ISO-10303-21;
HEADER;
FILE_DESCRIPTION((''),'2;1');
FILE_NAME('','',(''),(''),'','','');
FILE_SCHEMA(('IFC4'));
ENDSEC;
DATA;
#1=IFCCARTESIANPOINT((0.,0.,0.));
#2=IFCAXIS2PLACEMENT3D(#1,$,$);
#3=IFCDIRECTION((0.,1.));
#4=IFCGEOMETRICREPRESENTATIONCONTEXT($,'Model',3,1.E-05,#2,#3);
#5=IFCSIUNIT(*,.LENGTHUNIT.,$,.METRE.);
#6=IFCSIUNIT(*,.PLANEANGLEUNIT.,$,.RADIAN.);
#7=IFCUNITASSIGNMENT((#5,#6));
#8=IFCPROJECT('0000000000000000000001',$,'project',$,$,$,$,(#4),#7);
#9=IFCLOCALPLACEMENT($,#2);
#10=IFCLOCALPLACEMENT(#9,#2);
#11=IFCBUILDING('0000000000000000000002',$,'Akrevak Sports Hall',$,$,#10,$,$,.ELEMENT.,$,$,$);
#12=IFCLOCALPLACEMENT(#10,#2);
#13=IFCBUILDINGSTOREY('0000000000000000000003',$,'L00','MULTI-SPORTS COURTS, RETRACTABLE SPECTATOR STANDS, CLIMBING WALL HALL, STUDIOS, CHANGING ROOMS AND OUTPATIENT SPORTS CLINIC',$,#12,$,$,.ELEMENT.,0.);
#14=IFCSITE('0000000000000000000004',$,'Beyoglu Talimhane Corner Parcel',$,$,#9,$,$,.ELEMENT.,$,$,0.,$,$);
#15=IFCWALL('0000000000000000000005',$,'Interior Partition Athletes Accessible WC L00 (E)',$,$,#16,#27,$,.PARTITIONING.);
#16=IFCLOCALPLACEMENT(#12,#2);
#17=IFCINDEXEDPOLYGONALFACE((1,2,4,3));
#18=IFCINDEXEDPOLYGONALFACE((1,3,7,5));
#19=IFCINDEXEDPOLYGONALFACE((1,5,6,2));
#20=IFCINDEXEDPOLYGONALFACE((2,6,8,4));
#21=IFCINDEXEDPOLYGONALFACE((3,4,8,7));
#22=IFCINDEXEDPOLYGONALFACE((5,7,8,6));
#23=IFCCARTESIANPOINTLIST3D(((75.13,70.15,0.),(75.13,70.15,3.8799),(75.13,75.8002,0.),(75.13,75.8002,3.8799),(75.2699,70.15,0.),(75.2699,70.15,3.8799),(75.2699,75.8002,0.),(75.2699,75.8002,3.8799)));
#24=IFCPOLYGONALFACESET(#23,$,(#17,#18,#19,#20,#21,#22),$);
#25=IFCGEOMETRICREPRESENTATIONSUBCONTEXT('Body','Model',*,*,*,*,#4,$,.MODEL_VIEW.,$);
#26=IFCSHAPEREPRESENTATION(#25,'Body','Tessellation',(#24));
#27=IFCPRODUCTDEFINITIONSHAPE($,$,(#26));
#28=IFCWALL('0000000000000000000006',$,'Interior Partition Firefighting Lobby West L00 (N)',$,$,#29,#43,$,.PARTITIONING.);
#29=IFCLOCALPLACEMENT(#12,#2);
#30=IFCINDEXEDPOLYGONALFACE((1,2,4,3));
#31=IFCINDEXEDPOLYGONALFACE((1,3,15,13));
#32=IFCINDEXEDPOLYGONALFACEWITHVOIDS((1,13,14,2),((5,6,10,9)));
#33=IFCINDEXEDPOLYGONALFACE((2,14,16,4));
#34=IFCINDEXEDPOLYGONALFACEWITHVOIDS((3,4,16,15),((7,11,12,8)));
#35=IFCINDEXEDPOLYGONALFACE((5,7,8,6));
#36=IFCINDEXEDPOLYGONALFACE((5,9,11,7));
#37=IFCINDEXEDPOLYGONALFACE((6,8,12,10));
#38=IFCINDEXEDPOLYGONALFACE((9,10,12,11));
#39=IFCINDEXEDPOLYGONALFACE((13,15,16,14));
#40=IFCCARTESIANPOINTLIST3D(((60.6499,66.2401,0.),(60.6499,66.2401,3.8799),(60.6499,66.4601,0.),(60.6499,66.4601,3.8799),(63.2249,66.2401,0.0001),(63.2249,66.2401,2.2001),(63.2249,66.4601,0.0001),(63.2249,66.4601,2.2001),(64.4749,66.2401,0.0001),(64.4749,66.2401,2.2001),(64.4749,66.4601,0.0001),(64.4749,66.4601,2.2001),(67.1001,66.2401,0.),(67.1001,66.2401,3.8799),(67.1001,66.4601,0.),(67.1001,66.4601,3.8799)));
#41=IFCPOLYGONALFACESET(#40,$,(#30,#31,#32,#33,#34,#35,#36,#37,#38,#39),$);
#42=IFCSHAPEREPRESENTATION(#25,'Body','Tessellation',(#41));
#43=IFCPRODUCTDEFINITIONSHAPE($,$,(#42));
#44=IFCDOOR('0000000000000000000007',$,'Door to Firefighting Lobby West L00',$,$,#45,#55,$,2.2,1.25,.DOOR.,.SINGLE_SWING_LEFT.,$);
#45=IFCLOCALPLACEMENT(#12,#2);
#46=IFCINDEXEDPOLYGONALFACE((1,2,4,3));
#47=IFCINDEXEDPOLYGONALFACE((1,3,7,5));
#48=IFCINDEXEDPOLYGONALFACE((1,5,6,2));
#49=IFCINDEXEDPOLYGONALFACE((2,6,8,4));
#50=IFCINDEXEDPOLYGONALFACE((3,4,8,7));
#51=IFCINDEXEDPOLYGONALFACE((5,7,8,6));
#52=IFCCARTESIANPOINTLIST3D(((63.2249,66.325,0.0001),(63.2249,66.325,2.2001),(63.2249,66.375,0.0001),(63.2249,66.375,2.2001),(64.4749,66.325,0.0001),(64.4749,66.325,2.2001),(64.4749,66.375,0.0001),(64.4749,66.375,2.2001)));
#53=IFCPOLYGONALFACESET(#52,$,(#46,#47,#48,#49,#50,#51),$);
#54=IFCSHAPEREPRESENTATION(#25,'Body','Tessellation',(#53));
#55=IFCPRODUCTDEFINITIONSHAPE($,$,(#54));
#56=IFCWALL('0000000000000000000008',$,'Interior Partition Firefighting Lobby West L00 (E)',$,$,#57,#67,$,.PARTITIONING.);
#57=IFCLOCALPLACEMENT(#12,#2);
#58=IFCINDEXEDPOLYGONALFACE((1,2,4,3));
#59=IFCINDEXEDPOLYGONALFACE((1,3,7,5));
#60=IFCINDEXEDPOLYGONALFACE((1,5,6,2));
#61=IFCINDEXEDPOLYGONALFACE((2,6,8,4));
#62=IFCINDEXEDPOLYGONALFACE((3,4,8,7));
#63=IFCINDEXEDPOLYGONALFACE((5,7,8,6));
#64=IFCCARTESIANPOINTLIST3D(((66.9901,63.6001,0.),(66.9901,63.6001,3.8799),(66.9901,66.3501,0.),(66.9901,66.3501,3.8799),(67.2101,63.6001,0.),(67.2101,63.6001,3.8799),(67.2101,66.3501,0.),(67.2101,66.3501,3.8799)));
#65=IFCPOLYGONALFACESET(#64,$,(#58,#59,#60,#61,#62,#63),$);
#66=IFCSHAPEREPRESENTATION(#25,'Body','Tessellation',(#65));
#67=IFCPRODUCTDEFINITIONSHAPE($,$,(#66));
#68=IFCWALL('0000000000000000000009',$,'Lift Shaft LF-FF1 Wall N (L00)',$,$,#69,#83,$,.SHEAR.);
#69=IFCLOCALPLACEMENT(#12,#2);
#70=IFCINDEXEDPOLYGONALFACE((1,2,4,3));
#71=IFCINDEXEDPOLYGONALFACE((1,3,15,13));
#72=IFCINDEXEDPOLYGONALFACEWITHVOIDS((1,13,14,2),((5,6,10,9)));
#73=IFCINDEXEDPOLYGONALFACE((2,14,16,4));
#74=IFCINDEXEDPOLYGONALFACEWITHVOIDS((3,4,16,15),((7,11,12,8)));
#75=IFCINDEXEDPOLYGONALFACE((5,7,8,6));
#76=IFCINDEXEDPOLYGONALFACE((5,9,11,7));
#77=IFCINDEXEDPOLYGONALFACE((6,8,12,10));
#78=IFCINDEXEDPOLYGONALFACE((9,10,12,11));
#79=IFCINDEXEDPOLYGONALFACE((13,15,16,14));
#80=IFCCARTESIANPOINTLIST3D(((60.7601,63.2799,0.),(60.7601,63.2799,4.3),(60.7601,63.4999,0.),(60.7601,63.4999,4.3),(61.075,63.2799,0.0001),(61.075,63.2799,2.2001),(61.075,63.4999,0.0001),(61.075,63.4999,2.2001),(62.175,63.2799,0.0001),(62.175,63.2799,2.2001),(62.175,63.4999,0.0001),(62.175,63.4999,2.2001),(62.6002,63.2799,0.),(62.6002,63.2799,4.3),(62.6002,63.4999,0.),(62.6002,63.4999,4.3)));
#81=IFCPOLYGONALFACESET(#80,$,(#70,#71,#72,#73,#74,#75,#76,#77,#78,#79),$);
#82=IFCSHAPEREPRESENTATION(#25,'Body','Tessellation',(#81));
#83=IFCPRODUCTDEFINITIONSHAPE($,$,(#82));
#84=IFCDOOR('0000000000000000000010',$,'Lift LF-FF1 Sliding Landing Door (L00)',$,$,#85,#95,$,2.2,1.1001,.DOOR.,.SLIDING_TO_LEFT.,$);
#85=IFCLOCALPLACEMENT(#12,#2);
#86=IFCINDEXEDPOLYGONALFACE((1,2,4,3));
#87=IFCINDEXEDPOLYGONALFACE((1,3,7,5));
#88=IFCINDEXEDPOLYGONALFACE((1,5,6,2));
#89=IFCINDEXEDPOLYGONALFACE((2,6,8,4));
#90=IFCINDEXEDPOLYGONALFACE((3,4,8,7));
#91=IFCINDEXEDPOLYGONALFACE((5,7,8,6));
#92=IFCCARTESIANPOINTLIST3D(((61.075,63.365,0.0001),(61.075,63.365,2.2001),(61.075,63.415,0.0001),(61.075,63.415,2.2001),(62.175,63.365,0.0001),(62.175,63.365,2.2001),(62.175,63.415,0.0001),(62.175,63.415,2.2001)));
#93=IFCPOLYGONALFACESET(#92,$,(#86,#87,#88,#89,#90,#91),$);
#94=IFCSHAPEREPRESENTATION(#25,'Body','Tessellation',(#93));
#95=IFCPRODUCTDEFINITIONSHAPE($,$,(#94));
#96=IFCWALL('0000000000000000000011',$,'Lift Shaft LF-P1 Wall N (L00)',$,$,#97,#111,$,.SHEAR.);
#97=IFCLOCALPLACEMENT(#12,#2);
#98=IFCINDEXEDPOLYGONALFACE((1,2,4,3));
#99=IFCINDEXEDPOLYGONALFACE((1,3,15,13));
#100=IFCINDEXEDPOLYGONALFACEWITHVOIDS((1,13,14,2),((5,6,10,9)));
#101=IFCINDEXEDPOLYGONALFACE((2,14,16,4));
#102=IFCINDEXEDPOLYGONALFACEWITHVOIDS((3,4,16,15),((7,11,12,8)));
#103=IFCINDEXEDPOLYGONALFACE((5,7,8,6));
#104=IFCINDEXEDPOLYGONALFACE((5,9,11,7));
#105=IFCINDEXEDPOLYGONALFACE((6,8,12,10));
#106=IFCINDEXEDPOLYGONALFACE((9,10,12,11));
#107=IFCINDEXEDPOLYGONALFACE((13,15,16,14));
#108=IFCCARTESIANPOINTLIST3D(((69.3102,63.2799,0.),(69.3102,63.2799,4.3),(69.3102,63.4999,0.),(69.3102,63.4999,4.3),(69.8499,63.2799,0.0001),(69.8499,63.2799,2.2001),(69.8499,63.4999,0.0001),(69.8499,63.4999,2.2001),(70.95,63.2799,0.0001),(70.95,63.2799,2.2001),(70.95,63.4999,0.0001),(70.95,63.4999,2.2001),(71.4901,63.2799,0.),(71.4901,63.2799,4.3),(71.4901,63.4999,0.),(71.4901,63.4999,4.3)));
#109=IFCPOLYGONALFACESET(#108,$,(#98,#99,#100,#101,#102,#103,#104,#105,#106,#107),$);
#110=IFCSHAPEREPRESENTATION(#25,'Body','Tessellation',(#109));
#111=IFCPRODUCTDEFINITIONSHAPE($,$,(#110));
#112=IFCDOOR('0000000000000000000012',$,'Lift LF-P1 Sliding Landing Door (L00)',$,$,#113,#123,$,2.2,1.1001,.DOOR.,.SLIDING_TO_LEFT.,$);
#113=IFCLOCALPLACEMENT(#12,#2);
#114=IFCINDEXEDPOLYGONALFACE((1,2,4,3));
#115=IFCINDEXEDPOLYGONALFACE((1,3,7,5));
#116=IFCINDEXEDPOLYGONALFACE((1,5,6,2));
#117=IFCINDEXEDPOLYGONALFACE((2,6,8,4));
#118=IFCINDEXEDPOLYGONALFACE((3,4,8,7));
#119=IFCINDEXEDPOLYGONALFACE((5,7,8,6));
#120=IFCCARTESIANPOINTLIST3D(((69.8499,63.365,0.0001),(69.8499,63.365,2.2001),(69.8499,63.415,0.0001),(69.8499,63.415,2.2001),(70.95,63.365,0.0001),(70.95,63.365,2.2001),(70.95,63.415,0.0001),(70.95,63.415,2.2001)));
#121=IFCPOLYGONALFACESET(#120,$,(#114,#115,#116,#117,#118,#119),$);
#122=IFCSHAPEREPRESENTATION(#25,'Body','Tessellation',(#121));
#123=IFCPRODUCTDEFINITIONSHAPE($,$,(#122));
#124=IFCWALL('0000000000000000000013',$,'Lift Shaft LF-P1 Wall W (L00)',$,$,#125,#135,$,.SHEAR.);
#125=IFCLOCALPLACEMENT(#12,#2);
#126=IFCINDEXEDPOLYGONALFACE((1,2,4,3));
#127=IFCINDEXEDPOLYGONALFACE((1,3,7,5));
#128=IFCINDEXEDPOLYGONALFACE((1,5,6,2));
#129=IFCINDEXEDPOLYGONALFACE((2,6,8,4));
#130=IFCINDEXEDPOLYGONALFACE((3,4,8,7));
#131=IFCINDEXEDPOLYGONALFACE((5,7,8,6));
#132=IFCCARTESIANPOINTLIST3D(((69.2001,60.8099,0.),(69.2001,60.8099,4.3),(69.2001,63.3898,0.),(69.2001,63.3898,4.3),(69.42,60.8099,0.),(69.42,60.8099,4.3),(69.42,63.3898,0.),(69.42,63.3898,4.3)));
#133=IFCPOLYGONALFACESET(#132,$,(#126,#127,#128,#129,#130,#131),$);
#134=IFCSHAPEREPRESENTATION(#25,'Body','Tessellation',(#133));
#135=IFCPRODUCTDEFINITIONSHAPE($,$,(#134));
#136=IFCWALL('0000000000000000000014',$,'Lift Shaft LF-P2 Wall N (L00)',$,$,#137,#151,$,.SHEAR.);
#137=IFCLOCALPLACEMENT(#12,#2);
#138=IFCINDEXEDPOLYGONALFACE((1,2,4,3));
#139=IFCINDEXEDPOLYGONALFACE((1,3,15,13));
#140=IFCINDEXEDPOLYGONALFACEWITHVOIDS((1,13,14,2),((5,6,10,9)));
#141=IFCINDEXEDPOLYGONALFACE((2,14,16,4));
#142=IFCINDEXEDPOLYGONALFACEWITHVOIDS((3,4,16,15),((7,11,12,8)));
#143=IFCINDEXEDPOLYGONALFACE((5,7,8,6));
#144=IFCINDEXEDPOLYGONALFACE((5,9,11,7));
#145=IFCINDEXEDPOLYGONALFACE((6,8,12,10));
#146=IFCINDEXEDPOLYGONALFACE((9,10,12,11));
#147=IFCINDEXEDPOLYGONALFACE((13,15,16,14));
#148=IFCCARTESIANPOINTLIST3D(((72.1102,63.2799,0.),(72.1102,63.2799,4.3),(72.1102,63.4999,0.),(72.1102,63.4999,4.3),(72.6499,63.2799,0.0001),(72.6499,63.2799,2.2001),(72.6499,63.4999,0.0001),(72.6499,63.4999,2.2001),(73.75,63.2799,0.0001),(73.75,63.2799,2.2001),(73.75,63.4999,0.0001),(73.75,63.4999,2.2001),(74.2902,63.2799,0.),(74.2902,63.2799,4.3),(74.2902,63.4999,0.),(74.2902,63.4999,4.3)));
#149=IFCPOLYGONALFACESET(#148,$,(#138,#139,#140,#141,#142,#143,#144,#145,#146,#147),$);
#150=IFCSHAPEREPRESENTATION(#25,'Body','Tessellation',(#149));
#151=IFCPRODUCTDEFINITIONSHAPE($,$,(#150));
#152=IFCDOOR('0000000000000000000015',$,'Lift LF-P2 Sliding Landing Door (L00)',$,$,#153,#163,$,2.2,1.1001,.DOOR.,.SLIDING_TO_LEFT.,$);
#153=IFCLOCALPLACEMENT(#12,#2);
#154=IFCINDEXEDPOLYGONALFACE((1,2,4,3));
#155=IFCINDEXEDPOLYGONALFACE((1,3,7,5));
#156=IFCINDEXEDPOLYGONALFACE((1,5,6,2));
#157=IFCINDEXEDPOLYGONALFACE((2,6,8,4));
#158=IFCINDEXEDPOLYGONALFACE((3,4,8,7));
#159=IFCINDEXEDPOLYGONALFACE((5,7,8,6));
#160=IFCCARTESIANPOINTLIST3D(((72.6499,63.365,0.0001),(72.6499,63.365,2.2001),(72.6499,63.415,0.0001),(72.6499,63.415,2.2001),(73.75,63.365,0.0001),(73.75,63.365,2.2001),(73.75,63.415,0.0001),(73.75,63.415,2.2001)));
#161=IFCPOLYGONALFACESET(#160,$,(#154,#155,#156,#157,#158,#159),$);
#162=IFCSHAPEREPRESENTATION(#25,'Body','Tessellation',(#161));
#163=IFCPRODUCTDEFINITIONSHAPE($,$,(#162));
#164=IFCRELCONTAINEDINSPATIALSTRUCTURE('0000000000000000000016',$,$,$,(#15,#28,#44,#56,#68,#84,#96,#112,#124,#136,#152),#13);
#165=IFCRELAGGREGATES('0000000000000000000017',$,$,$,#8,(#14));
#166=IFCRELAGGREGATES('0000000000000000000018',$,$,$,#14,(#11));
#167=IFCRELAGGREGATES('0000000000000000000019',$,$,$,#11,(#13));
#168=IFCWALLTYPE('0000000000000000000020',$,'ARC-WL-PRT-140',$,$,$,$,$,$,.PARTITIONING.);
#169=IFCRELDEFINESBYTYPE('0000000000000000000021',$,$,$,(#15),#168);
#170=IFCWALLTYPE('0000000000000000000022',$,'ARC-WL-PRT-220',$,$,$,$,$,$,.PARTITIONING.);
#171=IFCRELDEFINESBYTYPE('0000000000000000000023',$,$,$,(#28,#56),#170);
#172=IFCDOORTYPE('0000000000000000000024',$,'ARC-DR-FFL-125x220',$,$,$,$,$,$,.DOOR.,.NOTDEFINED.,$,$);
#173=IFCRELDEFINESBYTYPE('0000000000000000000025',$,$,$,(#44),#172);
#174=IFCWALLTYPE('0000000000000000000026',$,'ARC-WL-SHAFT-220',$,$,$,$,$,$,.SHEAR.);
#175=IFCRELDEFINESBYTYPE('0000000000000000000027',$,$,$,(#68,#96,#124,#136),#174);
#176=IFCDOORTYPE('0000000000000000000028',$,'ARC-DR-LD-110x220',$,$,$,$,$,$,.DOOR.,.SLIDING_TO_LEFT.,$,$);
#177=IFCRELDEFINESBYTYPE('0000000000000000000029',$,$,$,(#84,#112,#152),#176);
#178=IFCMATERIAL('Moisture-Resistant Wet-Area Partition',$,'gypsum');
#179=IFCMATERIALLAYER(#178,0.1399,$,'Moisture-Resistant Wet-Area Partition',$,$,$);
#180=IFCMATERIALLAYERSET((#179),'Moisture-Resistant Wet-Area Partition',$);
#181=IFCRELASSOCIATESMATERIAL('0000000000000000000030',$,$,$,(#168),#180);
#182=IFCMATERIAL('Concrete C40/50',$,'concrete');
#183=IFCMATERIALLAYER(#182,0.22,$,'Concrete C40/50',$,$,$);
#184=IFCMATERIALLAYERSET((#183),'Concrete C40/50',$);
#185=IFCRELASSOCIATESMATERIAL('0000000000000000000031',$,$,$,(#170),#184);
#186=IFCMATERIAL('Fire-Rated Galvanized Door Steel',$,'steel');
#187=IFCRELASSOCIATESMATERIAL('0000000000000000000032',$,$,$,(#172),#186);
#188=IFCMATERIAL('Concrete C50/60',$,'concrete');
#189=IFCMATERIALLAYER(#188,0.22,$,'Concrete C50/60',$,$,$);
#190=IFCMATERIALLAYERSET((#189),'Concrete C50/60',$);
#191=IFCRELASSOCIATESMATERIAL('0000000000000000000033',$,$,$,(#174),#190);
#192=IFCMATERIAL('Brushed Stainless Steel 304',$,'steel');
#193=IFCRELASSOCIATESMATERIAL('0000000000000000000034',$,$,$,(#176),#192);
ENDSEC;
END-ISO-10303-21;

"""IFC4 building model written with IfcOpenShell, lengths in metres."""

from ifc_helpers import new_model, si_unit, direction, frame, frame_2d, origin, place, context, subcontext, project, spatial, rectangle, extrude, material, layer, layer_set, type_object, element, fill, save


model = new_model("IFC4")

# Units and contexts
model_context = context("Model", 3, precision=1e-05, world=origin(), true_north=direction((0.0, 1.0)))
body_context = subcontext(model_context, "Body", "Model", "MODEL_VIEW")
ifc_project = project(units=[si_unit("LENGTHUNIT", "METRE"), si_unit("PLANEANGLEUNIT", "RADIAN")], contexts=[model_context])

# Site, building, storey
site_placement = place(None, origin())
site = spatial("IfcSite", under=ifc_project, at=site_placement, Name="Beyoglu Talimhane Corner Parcel", CompositionType="ELEMENT", RefElevation=0.0)
building_placement = place(site_placement, origin())
building = spatial("IfcBuilding", under=site, at=building_placement, Name="Akrevak Sports Hall", CompositionType="ELEMENT")
storey_placement = place(building_placement, origin())
storey = spatial("IfcBuildingStorey", under=building, at=storey_placement, Name="L00", Description="MULTI-SPORTS COURTS, RETRACTABLE SPECTATOR STANDS, CLIMBING WALL HALL, STUDIOS, CHANGING ROOMS AND OUTPATIENT SPORTS CLINIC", CompositionType="ELEMENT", Elevation=0.0)

# Shared definitions
ifc_material_1 = material(Name="Concrete C50/60", Category="concrete")
ifc_material_2 = material(Name="Concrete C40/50", Category="concrete")

# Shared definitions
ifc_material_3 = material(Name="Moisture-Resistant Wet-Area Partition", Category="gypsum")
ifc_layer_1 = layer(ifc_material_3, 0.1399, Name="Moisture-Resistant Wet-Area Partition")
ifc_layer_set_1 = layer_set([ifc_layer_1], Name="Moisture-Resistant Wet-Area Partition")
wall_type_1 = type_object("IfcWallType", Name="ARC-WL-PRT-140", PredefinedType="PARTITIONING", material=ifc_layer_set_1)

# Wall
for number, where, z_axis, x_axis, name in (
    (1, (75.2, 70.1499, 0.0), (0.0, 0.0, 1.0), (0.0, 1.0, 0.0), "Interior Partition Athletes Accessible WC L00 (E)"),
):
    element("IfcWall", number, at=place(storey_placement, frame(where, z_axis=z_axis, x_axis=x_axis)), inside=storey, type_object=wall_type_1, Name=name, PredefinedType="PARTITIONING", context=body_context, shape_type="SweptSolid", body=[
        extrude(rectangle(XDim=5.6501, YDim=0.1399, at=frame_2d((2.8252, 0.0))), origin(), (0.0, 0.0, 1.0), 3.8799),
    ])

# Wall, opening, door
ifc_layer_2 = layer(ifc_material_2, 0.22, Name="Concrete C40/50")
ifc_layer_set_2 = layer_set([ifc_layer_2], Name="Concrete C40/50")
wall_type_2 = type_object("IfcWallType", Name="ARC-WL-PRT-220", PredefinedType="PARTITIONING", material=ifc_layer_set_2)
wall_1_placement = place(storey_placement, frame((60.6499, 66.3501, 0.0), z_axis=(0.0, 0.0, 1.0), x_axis=(1.0, 0.0, 0.0)))
wall_1 = element("IfcWall", 2, at=wall_1_placement, inside=storey, type_object=wall_type_2, Name="Interior Partition Firefighting Lobby West L00 (N)", PredefinedType="PARTITIONING", context=body_context, shape_type="SweptSolid", body=[
    extrude(rectangle(XDim=6.4502, YDim=0.22, at=frame_2d((3.2251, 0.0))), origin(), (0.0, 0.0, 1.0), 3.8799),
])
opening_1_placement = place(wall_1_placement, frame((2.575, 0.0, 0.0)))
opening_1 = element("IfcOpeningElement", 3, at=opening_1_placement, cuts=wall_1, PredefinedType="OPENING", context=body_context, shape_type="SweptSolid", body=[
    extrude(rectangle(XDim=1.25, YDim=2.2, at=frame_2d((0.625, 1.1001))), frame((0.0, 0.1221, 0.0), z_axis=(0.0, -1.0, 0.0), x_axis=(1.0, 0.0, 0.0)), (0.0, 0.0, 1.0), 0.2439),
])
ifc_material_4 = material(Name="Fire-Rated Galvanized Door Steel", Category="steel")
door_type_1 = type_object("IfcDoorType", Name="ARC-DR-FFL-125x220", OperationType="NOTDEFINED", PredefinedType="DOOR", material=ifc_material_4)
door_1_placement = place(opening_1_placement, origin())
door_1 = element("IfcDoor", 4, at=door_1_placement, inside=storey, type_object=door_type_1, Name="Door to Firefighting Lobby West L00", OperationType="SINGLE_SWING_LEFT", OverallHeight=2.2, OverallWidth=1.25, PredefinedType="DOOR", context=body_context, shape_type="SweptSolid", body=[
    extrude(rectangle(XDim=1.25, YDim=2.2, at=frame_2d((0.625, 1.1001))), frame((0.0, 0.0249, 0.0), z_axis=(0.0, -1.0, 0.0), x_axis=(1.0, 0.0, 0.0)), (0.0, 0.0, 1.0), 0.05),
])
fill(opening_1, door_1)

# Wall
wall_2_placement = place(storey_placement, frame((67.1001, 63.6001, 0.0), z_axis=(0.0, 0.0, 1.0), x_axis=(0.0, 1.0, 0.0)))
element("IfcWall", 5, at=wall_2_placement, inside=storey, type_object=wall_type_2, Name="Interior Partition Firefighting Lobby West L00 (E)", PredefinedType="PARTITIONING", context=body_context, shape_type="SweptSolid", body=[
    extrude(rectangle(XDim=2.75, YDim=0.22, at=frame_2d((1.375, 0.0))), origin(), (0.0, 0.0, 1.0), 3.8799),
])

# Walls, openings, doors
ifc_layer_3 = layer(ifc_material_1, 0.22, Name="Concrete C50/60")
ifc_layer_set_3 = layer_set([ifc_layer_3], Name="Concrete C50/60")
wall_type_3 = type_object("IfcWallType", Name="ARC-WL-SHAFT-220", PredefinedType="SHEAR", material=ifc_layer_set_3)
wall_3_placement = place(storey_placement, frame((62.6001, 63.3899, 0.0), z_axis=(0.0, 0.0, 1.0), x_axis=(-1.0, 0.0, 0.0)))
wall_3 = element("IfcWall", 6, at=wall_3_placement, inside=storey, type_object=wall_type_3, Name="Lift Shaft LF-FF1 Wall N (L00)", PredefinedType="SHEAR", context=body_context, shape_type="SweptSolid", body=[
    extrude(rectangle(XDim=1.8401, YDim=0.22, at=frame_2d((0.9199, 0.0))), origin(), (0.0, 0.0, 1.0), 4.3),
])
opening_2_placement = place(wall_3_placement, frame((0.425, 0.0, 0.0)))
opening_2 = element("IfcOpeningElement", 7, at=opening_2_placement, cuts=wall_3, PredefinedType="OPENING", context=body_context, shape_type="SweptSolid", body=[
    extrude(rectangle(XDim=1.1001, YDim=2.2, at=frame_2d((0.55, 1.1001))), frame((0.0, 0.1221, 0.0), z_axis=(0.0, -1.0, 0.0), x_axis=(1.0, 0.0, 0.0)), (0.0, 0.0, 1.0), 0.2439),
])
ifc_material_5 = material(Name="Brushed Stainless Steel 304", Category="steel")
door_type_2 = type_object("IfcDoorType", Name="ARC-DR-LD-110x220", OperationType="SLIDING_TO_LEFT", PredefinedType="DOOR", material=ifc_material_5)
door_2_placement = place(opening_2_placement, origin())
door_2 = element("IfcDoor", 8, at=door_2_placement, inside=storey, type_object=door_type_2, Name="Lift LF-FF1 Sliding Landing Door (L00)", OperationType="SLIDING_TO_LEFT", OverallHeight=2.2, OverallWidth=1.1001, PredefinedType="DOOR", context=body_context, shape_type="SweptSolid", body=[
    extrude(rectangle(XDim=1.1001, YDim=2.2, at=frame_2d((0.55, 1.1001))), frame((0.0, 0.0249, 0.0), z_axis=(0.0, -1.0, 0.0), x_axis=(1.0, 0.0, 0.0)), (0.0, 0.0, 1.0), 0.05),
])
fill(opening_2, door_2)
wall_4_placement = place(storey_placement, frame((71.49, 63.3899, 0.0), z_axis=(0.0, 0.0, 1.0), x_axis=(-1.0, 0.0, 0.0)))
wall_4 = element("IfcWall", 9, at=wall_4_placement, inside=storey, type_object=wall_type_3, Name="Lift Shaft LF-P1 Wall N (L00)", PredefinedType="SHEAR", context=body_context, shape_type="SweptSolid", body=[
    extrude(rectangle(XDim=2.1799, YDim=0.22, at=frame_2d((1.0898, 0.0))), origin(), (0.0, 0.0, 1.0), 4.3),
])
opening_3_placement = place(wall_4_placement, frame((0.54, 0.0, 0.0)))
opening_3 = element("IfcOpeningElement", 10, at=opening_3_placement, cuts=wall_4, PredefinedType="OPENING", context=body_context, shape_type="SweptSolid", body=[
    extrude(rectangle(XDim=1.1001, YDim=2.2, at=frame_2d((0.55, 1.1001))), frame((0.0, 0.1221, 0.0), z_axis=(0.0, -1.0, 0.0), x_axis=(1.0, 0.0, 0.0)), (0.0, 0.0, 1.0), 0.2439),
])
door_3_placement = place(opening_3_placement, origin())
door_3 = element("IfcDoor", 11, at=door_3_placement, inside=storey, type_object=door_type_2, Name="Lift LF-P1 Sliding Landing Door (L00)", OperationType="SLIDING_TO_LEFT", OverallHeight=2.2, OverallWidth=1.1001, PredefinedType="DOOR", context=body_context, shape_type="SweptSolid", body=[
    extrude(rectangle(XDim=1.1001, YDim=2.2, at=frame_2d((0.55, 1.1001))), frame((0.0, 0.0249, 0.0), z_axis=(0.0, -1.0, 0.0), x_axis=(1.0, 0.0, 0.0)), (0.0, 0.0, 1.0), 0.05),
])
fill(opening_3, door_3)

# Wall
wall_5_placement = place(storey_placement, frame((69.3101, 63.3899, 0.0), z_axis=(0.0, 0.0, 1.0), x_axis=(0.0, -1.0, 0.0)))
element("IfcWall", 12, at=wall_5_placement, inside=storey, type_object=wall_type_3, Name="Lift Shaft LF-P1 Wall W (L00)", PredefinedType="SHEAR", context=body_context, shape_type="SweptSolid", body=[
    extrude(rectangle(XDim=2.5798, YDim=0.22, at=frame_2d((1.29, 0.0))), origin(), (0.0, 0.0, 1.0), 4.3),
])

# Wall, opening, door
wall_6_placement = place(storey_placement, frame((74.29, 63.3899, 0.0), z_axis=(0.0, 0.0, 1.0), x_axis=(-1.0, 0.0, 0.0)))
wall_6 = element("IfcWall", 13, at=wall_6_placement, inside=storey, type_object=wall_type_3, Name="Lift Shaft LF-P2 Wall N (L00)", PredefinedType="SHEAR", context=body_context, shape_type="SweptSolid", body=[
    extrude(rectangle(XDim=2.1799, YDim=0.22, at=frame_2d((1.0898, 0.0))), origin(), (0.0, 0.0, 1.0), 4.3),
])
opening_4_placement = place(wall_6_placement, frame((0.54, 0.0, 0.0)))
opening_4 = element("IfcOpeningElement", 14, at=opening_4_placement, cuts=wall_6, PredefinedType="OPENING", context=body_context, shape_type="SweptSolid", body=[
    extrude(rectangle(XDim=1.1001, YDim=2.2, at=frame_2d((0.55, 1.1001))), frame((0.0, 0.1221, 0.0), z_axis=(0.0, -1.0, 0.0), x_axis=(1.0, 0.0, 0.0)), (0.0, 0.0, 1.0), 0.2439),
])
door_4_placement = place(opening_4_placement, origin())
door_4 = element("IfcDoor", 15, at=door_4_placement, inside=storey, type_object=door_type_2, Name="Lift LF-P2 Sliding Landing Door (L00)", OperationType="SLIDING_TO_LEFT", OverallHeight=2.2, OverallWidth=1.1001, PredefinedType="DOOR", context=body_context, shape_type="SweptSolid", body=[
    extrude(rectangle(XDim=1.1001, YDim=2.2, at=frame_2d((0.55, 1.1001))), frame((0.0, 0.0249, 0.0), z_axis=(0.0, -1.0, 0.0), x_axis=(1.0, 0.0, 0.0)), (0.0, 0.0, 1.0), 0.05),
])
fill(opening_4, door_4)

save(model, "model.ifc")
